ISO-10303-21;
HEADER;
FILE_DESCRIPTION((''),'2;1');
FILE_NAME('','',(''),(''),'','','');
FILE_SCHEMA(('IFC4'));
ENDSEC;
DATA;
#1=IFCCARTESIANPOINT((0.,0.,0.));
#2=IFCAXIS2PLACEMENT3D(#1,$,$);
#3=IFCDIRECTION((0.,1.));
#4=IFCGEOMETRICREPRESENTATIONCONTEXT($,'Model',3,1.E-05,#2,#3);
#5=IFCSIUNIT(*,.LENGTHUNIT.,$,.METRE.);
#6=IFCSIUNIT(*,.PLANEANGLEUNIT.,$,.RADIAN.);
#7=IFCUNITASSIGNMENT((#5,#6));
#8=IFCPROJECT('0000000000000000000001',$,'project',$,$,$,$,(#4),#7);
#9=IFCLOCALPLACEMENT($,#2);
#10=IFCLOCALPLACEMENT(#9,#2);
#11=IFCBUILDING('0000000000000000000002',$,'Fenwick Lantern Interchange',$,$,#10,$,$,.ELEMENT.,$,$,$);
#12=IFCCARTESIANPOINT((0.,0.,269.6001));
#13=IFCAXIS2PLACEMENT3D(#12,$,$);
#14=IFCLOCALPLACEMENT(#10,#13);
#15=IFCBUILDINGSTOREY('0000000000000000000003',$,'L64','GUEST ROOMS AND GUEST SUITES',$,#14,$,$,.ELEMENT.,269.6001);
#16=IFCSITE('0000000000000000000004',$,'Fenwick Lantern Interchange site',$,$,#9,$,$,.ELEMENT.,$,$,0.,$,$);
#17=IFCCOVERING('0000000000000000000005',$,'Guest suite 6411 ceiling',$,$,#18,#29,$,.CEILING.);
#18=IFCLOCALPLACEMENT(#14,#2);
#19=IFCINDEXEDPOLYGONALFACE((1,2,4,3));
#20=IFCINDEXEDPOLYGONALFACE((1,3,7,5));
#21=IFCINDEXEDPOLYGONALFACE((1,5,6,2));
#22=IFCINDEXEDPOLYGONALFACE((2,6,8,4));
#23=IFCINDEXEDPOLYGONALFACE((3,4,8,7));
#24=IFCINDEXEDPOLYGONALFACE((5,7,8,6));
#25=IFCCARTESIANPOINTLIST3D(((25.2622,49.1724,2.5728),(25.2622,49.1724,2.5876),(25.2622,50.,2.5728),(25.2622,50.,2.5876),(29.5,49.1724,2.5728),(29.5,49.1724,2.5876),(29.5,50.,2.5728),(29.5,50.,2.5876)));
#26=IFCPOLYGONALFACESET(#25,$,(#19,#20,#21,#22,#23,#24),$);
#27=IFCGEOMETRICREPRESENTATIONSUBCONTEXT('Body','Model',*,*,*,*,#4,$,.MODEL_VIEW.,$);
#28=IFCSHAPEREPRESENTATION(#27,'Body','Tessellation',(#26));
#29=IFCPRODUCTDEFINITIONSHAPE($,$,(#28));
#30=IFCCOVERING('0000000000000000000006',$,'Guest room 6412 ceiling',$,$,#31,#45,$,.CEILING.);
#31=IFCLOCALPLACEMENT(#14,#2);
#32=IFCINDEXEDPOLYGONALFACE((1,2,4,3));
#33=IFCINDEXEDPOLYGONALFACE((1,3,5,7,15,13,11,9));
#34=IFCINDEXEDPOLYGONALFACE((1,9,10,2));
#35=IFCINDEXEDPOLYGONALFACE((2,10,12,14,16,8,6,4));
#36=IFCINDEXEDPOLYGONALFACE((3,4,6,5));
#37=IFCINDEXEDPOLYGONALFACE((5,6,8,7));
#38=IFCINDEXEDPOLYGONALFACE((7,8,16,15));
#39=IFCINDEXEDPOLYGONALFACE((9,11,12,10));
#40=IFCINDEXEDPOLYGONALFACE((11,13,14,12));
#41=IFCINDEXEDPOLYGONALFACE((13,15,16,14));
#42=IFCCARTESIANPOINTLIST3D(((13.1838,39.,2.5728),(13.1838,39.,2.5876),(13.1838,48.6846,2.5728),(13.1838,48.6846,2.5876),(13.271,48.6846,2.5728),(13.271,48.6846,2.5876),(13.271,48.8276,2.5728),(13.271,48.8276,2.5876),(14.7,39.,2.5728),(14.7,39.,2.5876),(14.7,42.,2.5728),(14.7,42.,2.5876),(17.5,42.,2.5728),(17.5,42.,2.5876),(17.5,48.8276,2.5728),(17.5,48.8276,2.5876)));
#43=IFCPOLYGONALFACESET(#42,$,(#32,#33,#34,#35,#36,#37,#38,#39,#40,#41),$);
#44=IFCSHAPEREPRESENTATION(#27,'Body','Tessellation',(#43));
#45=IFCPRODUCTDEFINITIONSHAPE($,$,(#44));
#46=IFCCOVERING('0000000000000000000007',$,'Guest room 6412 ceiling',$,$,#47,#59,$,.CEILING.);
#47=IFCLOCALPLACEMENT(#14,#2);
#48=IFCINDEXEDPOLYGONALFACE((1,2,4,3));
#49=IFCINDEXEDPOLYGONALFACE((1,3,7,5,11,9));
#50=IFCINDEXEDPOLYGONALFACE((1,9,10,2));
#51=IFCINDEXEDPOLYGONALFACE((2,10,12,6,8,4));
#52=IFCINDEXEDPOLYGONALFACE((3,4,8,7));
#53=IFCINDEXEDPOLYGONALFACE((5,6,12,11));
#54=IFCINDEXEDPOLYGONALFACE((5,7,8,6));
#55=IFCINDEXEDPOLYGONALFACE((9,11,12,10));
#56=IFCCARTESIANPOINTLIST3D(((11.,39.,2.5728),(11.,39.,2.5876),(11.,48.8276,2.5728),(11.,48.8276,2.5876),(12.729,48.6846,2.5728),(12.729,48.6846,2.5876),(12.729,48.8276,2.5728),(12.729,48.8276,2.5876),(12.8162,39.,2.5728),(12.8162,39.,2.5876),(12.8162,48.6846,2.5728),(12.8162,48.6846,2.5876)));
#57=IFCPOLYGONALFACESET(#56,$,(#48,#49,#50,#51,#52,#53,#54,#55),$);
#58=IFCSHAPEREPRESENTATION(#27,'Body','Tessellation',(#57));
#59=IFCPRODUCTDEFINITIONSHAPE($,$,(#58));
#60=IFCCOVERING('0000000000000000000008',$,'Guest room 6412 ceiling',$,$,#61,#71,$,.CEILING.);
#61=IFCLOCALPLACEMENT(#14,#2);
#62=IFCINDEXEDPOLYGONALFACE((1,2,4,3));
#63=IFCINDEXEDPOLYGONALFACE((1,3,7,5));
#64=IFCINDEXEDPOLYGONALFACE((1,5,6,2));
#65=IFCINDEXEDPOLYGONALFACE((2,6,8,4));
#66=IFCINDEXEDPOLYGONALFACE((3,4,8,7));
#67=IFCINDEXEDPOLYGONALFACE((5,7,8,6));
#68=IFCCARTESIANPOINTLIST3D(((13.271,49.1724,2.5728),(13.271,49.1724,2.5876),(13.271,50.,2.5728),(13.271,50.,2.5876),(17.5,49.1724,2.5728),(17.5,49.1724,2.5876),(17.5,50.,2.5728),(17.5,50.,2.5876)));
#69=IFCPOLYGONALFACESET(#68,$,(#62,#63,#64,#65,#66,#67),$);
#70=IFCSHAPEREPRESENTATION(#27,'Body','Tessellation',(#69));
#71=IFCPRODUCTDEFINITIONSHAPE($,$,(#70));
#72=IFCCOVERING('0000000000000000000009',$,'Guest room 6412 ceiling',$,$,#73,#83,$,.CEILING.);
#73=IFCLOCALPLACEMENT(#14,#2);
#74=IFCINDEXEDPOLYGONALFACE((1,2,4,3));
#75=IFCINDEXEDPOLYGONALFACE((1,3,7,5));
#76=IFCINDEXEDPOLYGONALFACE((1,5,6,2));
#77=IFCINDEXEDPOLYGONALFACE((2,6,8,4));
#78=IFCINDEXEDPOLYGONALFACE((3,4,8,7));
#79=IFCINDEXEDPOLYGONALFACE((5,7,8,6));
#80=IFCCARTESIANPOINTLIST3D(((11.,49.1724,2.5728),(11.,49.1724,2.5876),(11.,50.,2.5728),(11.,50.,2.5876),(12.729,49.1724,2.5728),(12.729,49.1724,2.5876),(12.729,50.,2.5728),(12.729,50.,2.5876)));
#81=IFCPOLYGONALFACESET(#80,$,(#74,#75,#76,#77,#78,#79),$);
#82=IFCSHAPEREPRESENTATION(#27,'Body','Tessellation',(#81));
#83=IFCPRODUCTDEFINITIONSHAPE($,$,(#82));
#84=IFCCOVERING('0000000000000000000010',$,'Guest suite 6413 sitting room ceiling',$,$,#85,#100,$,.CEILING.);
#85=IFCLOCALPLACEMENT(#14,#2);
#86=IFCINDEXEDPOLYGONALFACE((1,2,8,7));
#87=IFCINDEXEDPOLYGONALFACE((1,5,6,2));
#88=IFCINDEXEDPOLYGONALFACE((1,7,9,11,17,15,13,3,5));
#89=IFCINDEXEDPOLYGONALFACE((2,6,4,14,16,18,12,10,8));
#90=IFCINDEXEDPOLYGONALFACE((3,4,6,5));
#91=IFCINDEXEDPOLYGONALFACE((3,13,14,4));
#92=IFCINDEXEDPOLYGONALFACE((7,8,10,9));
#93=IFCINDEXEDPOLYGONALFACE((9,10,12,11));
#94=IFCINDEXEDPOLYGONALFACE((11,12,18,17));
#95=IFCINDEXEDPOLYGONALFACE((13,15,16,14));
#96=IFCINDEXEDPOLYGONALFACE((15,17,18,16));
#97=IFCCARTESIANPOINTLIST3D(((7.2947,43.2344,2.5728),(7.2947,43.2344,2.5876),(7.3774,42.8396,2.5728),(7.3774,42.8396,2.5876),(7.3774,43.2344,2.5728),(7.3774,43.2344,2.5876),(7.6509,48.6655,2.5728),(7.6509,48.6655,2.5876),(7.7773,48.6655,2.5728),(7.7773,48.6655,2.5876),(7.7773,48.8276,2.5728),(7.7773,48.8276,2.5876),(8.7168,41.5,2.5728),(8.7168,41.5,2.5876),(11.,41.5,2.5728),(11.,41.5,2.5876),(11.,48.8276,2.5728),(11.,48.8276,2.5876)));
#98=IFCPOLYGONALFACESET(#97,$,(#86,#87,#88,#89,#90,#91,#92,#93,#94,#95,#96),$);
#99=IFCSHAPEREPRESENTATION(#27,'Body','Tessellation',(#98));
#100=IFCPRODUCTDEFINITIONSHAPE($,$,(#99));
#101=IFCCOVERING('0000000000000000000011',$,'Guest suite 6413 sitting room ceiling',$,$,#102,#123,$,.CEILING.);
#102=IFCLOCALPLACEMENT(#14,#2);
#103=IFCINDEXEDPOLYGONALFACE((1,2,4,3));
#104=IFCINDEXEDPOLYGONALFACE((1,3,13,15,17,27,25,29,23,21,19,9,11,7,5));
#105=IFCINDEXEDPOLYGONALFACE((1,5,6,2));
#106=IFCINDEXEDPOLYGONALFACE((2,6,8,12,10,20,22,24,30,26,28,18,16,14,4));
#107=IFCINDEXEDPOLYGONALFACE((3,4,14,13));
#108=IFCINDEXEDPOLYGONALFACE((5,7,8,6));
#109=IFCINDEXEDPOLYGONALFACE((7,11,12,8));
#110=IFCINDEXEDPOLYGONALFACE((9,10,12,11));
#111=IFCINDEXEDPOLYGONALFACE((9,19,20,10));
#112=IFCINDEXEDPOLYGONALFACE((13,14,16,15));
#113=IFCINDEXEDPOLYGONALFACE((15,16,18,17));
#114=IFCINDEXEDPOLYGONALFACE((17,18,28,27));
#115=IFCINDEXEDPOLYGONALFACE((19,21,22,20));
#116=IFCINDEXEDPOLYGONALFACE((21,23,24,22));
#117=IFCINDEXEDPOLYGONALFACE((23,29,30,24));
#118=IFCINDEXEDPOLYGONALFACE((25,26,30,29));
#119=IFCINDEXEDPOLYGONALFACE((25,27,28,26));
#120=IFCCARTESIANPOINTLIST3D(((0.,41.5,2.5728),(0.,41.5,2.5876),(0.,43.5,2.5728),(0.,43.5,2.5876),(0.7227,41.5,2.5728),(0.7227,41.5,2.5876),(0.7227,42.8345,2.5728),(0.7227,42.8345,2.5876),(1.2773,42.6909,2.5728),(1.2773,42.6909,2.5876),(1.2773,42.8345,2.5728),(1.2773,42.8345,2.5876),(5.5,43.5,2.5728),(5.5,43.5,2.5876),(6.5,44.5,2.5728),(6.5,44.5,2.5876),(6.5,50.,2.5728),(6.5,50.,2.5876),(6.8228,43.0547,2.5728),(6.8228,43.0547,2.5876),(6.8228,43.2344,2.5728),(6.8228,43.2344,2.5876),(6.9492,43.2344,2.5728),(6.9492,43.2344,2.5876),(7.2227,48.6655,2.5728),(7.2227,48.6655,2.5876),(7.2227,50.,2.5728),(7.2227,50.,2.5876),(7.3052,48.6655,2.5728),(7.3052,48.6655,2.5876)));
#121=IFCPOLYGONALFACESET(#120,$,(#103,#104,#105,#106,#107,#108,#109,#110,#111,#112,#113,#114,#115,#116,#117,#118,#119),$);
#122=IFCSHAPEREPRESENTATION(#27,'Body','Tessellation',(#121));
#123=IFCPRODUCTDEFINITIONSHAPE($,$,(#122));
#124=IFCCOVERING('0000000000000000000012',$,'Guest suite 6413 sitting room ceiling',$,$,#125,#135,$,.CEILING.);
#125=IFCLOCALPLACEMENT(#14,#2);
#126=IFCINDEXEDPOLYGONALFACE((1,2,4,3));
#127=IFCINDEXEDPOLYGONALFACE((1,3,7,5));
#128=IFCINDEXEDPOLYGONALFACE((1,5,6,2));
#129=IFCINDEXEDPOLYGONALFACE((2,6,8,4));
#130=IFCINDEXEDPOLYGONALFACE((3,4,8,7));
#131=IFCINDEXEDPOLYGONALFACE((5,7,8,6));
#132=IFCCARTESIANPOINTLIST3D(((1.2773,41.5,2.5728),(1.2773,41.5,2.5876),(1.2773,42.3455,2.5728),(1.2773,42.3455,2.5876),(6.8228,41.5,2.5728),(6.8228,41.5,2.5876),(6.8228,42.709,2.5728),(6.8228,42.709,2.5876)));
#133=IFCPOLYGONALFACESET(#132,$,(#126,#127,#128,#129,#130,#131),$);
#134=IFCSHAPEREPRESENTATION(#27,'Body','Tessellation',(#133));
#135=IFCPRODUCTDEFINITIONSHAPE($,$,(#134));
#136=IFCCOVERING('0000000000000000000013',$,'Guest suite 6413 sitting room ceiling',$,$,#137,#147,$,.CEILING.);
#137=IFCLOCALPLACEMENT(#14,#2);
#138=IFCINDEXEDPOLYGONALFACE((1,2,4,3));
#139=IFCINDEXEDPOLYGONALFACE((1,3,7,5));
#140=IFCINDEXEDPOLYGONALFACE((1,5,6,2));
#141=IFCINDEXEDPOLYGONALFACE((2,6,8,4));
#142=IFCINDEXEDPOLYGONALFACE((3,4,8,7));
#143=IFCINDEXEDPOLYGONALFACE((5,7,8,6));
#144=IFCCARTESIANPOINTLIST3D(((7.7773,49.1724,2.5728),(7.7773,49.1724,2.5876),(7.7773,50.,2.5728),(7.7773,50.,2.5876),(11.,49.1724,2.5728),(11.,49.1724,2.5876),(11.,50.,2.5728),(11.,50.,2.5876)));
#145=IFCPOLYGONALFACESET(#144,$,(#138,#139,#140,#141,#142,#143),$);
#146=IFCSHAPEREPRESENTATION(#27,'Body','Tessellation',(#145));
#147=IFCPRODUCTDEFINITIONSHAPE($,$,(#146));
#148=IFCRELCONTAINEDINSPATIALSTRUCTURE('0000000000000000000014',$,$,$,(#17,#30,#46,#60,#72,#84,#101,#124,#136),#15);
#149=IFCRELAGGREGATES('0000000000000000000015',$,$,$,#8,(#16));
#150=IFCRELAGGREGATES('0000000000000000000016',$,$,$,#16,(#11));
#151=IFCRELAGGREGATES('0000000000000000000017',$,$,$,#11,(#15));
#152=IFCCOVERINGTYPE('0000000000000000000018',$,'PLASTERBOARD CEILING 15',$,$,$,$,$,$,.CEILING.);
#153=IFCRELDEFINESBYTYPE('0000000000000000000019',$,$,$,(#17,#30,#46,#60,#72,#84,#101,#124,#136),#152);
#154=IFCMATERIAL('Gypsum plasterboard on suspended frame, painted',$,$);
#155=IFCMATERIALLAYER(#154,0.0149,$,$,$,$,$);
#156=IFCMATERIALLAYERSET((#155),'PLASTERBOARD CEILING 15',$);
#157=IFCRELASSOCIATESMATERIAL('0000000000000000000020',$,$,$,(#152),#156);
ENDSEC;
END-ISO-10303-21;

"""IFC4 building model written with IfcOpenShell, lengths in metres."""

from ifc_helpers import new_model, si_unit, direction, frame, origin, place, context, subcontext, project, spatial, polyline, outline, extrude, material, layer, layer_set, type_object, element, save


model = new_model("IFC4")

# Units and contexts
model_context = context("Model", 3, precision=1e-05, world=origin(), true_north=direction((0.0, 1.0)))
body_context = subcontext(model_context, "Body", "Model", "MODEL_VIEW")
ifc_project = project(units=[si_unit("LENGTHUNIT", "METRE"), si_unit("PLANEANGLEUNIT", "RADIAN")], contexts=[model_context])

# Site, building, storey
site_placement = place(None, origin())
site = spatial("IfcSite", under=ifc_project, at=site_placement, Name="Fenwick Lantern Interchange site", CompositionType="ELEMENT", RefElevation=0.0)
building_placement = place(site_placement, origin())
building = spatial("IfcBuilding", under=site, at=building_placement, Name="Fenwick Lantern Interchange", CompositionType="ELEMENT")
storey_placement = place(building_placement, frame((0.0, 0.0, 269.6001)))
storey = spatial("IfcBuildingStorey", under=building, at=storey_placement, Name="L64", Description="GUEST ROOMS AND GUEST SUITES", CompositionType="ELEMENT", Elevation=269.6001)

# Coverings
ifc_material_1 = material(Name="Gypsum plasterboard on suspended frame, painted")
ifc_layer_1 = layer(ifc_material_1, 0.0149)
ifc_layer_set_1 = layer_set([ifc_layer_1], Name="PLASTERBOARD CEILING 15")
covering_type_1 = type_object("IfcCoveringType", Name="PLASTERBOARD CEILING 15", PredefinedType="CEILING", material=ifc_layer_set_1)
covering_1_placement = place(storey_placement, frame((0.0, 0.0, 2.5728)))
element("IfcCovering", 1, at=covering_1_placement, inside=storey, type_object=covering_type_1, Name="Guest suite 6411 ceiling", PredefinedType="CEILING", context=body_context, shape_type="SweptSolid", body=[
    extrude(outline(polyline([(25.2622, 50.0), (25.2622, 49.1724), (29.5, 49.1724), (29.5, 50.0), (25.2622, 50.0)])), origin(), (0.0, 0.0, 1.0), 0.0149),
])
covering_2_placement = place(storey_placement, frame((0.0, 0.0, 2.5728)))
element("IfcCovering", 2, at=covering_2_placement, inside=storey, type_object=covering_type_1, Name="Guest room 6412 ceiling", PredefinedType="CEILING", context=body_context, shape_type="SweptSolid", body=[
    extrude(outline(polyline([(13.271, 48.6846), (13.1838, 48.6846), (13.1838, 39.0), (14.7, 39.0), (14.7, 42.0), (17.5, 42.0), (17.5, 48.8276), (13.271, 48.8276), (13.271, 48.6846)])), origin(), (0.0, 0.0, 1.0), 0.0149),
])
covering_3_placement = place(storey_placement, frame((0.0, 0.0, 2.5728)))
element("IfcCovering", 3, at=covering_3_placement, inside=storey, type_object=covering_type_1, Name="Guest room 6412 ceiling", PredefinedType="CEILING", context=body_context, shape_type="SweptSolid", body=[
    extrude(outline(polyline([(12.729, 48.6846), (12.729, 48.8276), (11.0, 48.8276), (11.0, 39.0), (12.8162, 39.0), (12.8162, 48.6846), (12.729, 48.6846)])), origin(), (0.0, 0.0, 1.0), 0.0149),
])
covering_4_placement = place(storey_placement, frame((0.0, 0.0, 2.5728)))
element("IfcCovering", 4, at=covering_4_placement, inside=storey, type_object=covering_type_1, Name="Guest room 6412 ceiling", PredefinedType="CEILING", context=body_context, shape_type="SweptSolid", body=[
    extrude(outline(polyline([(13.271, 50.0), (13.271, 49.1724), (17.5, 49.1724), (17.5, 50.0), (13.271, 50.0)])), origin(), (0.0, 0.0, 1.0), 0.0149),
])
covering_5_placement = place(storey_placement, frame((0.0, 0.0, 2.5728)))
element("IfcCovering", 5, at=covering_5_placement, inside=storey, type_object=covering_type_1, Name="Guest room 6412 ceiling", PredefinedType="CEILING", context=body_context, shape_type="SweptSolid", body=[
    extrude(outline(polyline([(12.729, 50.0), (11.0, 50.0), (11.0, 49.1724), (12.729, 49.1724), (12.729, 50.0)])), origin(), (0.0, 0.0, 1.0), 0.0149),
])
covering_6_placement = place(storey_placement, frame((0.0, 0.0, 2.5728)))
element("IfcCovering", 6, at=covering_6_placement, inside=storey, type_object=covering_type_1, Name="Guest suite 6413 sitting room ceiling", PredefinedType="CEILING", context=body_context, shape_type="SweptSolid", body=[
    extrude(outline(polyline([(7.7773, 48.6655), (7.6509, 48.6655), (7.2947, 43.2344), (7.3774, 43.2344), (7.3774, 42.8396), (8.7168, 41.5), (11.0, 41.5), (11.0, 48.8276), (7.7773, 48.8276), (7.7773, 48.6655)])), origin(), (0.0, 0.0, 1.0), 0.0149),
])
covering_7_placement = place(storey_placement, frame((0.0, 0.0, 2.5728)))
element("IfcCovering", 7, at=covering_7_placement, inside=storey, type_object=covering_type_1, Name="Guest suite 6413 sitting room ceiling", PredefinedType="CEILING", context=body_context, shape_type="SweptSolid", body=[
    extrude(outline(polyline([(7.2227, 48.6655), (7.2227, 50.0), (6.5, 50.0), (6.5, 44.5), (5.5, 43.5), (0.0, 43.5), (0.0, 41.5), (0.7227, 41.5), (0.7227, 42.8345), (1.2773, 42.8345), (1.2773, 42.6909), (6.8228, 43.0547), (6.8228, 43.2344), (6.9492, 43.2344), (7.3052, 48.6655), (7.2227, 48.6655)])), origin(), (0.0, 0.0, 1.0), 0.0149),
])
covering_8_placement = place(storey_placement, frame((0.0, 0.0, 2.5728)))
element("IfcCovering", 8, at=covering_8_placement, inside=storey, type_object=covering_type_1, Name="Guest suite 6413 sitting room ceiling", PredefinedType="CEILING", context=body_context, shape_type="SweptSolid", body=[
    extrude(outline(polyline([(6.8228, 41.5), (6.8228, 42.709), (1.2773, 42.3455), (1.2773, 41.5), (6.8228, 41.5)])), origin(), (0.0, 0.0, 1.0), 0.0149),
])
covering_9_placement = place(storey_placement, frame((0.0, 0.0, 2.5728)))
element("IfcCovering", 9, at=covering_9_placement, inside=storey, type_object=covering_type_1, Name="Guest suite 6413 sitting room ceiling", PredefinedType="CEILING", context=body_context, shape_type="SweptSolid", body=[
    extrude(outline(polyline([(7.7773, 50.0), (7.7773, 49.1724), (11.0, 49.1724), (11.0, 50.0), (7.7773, 50.0)])), origin(), (0.0, 0.0, 1.0), 0.0149),
])

save(model, "model.ifc")
